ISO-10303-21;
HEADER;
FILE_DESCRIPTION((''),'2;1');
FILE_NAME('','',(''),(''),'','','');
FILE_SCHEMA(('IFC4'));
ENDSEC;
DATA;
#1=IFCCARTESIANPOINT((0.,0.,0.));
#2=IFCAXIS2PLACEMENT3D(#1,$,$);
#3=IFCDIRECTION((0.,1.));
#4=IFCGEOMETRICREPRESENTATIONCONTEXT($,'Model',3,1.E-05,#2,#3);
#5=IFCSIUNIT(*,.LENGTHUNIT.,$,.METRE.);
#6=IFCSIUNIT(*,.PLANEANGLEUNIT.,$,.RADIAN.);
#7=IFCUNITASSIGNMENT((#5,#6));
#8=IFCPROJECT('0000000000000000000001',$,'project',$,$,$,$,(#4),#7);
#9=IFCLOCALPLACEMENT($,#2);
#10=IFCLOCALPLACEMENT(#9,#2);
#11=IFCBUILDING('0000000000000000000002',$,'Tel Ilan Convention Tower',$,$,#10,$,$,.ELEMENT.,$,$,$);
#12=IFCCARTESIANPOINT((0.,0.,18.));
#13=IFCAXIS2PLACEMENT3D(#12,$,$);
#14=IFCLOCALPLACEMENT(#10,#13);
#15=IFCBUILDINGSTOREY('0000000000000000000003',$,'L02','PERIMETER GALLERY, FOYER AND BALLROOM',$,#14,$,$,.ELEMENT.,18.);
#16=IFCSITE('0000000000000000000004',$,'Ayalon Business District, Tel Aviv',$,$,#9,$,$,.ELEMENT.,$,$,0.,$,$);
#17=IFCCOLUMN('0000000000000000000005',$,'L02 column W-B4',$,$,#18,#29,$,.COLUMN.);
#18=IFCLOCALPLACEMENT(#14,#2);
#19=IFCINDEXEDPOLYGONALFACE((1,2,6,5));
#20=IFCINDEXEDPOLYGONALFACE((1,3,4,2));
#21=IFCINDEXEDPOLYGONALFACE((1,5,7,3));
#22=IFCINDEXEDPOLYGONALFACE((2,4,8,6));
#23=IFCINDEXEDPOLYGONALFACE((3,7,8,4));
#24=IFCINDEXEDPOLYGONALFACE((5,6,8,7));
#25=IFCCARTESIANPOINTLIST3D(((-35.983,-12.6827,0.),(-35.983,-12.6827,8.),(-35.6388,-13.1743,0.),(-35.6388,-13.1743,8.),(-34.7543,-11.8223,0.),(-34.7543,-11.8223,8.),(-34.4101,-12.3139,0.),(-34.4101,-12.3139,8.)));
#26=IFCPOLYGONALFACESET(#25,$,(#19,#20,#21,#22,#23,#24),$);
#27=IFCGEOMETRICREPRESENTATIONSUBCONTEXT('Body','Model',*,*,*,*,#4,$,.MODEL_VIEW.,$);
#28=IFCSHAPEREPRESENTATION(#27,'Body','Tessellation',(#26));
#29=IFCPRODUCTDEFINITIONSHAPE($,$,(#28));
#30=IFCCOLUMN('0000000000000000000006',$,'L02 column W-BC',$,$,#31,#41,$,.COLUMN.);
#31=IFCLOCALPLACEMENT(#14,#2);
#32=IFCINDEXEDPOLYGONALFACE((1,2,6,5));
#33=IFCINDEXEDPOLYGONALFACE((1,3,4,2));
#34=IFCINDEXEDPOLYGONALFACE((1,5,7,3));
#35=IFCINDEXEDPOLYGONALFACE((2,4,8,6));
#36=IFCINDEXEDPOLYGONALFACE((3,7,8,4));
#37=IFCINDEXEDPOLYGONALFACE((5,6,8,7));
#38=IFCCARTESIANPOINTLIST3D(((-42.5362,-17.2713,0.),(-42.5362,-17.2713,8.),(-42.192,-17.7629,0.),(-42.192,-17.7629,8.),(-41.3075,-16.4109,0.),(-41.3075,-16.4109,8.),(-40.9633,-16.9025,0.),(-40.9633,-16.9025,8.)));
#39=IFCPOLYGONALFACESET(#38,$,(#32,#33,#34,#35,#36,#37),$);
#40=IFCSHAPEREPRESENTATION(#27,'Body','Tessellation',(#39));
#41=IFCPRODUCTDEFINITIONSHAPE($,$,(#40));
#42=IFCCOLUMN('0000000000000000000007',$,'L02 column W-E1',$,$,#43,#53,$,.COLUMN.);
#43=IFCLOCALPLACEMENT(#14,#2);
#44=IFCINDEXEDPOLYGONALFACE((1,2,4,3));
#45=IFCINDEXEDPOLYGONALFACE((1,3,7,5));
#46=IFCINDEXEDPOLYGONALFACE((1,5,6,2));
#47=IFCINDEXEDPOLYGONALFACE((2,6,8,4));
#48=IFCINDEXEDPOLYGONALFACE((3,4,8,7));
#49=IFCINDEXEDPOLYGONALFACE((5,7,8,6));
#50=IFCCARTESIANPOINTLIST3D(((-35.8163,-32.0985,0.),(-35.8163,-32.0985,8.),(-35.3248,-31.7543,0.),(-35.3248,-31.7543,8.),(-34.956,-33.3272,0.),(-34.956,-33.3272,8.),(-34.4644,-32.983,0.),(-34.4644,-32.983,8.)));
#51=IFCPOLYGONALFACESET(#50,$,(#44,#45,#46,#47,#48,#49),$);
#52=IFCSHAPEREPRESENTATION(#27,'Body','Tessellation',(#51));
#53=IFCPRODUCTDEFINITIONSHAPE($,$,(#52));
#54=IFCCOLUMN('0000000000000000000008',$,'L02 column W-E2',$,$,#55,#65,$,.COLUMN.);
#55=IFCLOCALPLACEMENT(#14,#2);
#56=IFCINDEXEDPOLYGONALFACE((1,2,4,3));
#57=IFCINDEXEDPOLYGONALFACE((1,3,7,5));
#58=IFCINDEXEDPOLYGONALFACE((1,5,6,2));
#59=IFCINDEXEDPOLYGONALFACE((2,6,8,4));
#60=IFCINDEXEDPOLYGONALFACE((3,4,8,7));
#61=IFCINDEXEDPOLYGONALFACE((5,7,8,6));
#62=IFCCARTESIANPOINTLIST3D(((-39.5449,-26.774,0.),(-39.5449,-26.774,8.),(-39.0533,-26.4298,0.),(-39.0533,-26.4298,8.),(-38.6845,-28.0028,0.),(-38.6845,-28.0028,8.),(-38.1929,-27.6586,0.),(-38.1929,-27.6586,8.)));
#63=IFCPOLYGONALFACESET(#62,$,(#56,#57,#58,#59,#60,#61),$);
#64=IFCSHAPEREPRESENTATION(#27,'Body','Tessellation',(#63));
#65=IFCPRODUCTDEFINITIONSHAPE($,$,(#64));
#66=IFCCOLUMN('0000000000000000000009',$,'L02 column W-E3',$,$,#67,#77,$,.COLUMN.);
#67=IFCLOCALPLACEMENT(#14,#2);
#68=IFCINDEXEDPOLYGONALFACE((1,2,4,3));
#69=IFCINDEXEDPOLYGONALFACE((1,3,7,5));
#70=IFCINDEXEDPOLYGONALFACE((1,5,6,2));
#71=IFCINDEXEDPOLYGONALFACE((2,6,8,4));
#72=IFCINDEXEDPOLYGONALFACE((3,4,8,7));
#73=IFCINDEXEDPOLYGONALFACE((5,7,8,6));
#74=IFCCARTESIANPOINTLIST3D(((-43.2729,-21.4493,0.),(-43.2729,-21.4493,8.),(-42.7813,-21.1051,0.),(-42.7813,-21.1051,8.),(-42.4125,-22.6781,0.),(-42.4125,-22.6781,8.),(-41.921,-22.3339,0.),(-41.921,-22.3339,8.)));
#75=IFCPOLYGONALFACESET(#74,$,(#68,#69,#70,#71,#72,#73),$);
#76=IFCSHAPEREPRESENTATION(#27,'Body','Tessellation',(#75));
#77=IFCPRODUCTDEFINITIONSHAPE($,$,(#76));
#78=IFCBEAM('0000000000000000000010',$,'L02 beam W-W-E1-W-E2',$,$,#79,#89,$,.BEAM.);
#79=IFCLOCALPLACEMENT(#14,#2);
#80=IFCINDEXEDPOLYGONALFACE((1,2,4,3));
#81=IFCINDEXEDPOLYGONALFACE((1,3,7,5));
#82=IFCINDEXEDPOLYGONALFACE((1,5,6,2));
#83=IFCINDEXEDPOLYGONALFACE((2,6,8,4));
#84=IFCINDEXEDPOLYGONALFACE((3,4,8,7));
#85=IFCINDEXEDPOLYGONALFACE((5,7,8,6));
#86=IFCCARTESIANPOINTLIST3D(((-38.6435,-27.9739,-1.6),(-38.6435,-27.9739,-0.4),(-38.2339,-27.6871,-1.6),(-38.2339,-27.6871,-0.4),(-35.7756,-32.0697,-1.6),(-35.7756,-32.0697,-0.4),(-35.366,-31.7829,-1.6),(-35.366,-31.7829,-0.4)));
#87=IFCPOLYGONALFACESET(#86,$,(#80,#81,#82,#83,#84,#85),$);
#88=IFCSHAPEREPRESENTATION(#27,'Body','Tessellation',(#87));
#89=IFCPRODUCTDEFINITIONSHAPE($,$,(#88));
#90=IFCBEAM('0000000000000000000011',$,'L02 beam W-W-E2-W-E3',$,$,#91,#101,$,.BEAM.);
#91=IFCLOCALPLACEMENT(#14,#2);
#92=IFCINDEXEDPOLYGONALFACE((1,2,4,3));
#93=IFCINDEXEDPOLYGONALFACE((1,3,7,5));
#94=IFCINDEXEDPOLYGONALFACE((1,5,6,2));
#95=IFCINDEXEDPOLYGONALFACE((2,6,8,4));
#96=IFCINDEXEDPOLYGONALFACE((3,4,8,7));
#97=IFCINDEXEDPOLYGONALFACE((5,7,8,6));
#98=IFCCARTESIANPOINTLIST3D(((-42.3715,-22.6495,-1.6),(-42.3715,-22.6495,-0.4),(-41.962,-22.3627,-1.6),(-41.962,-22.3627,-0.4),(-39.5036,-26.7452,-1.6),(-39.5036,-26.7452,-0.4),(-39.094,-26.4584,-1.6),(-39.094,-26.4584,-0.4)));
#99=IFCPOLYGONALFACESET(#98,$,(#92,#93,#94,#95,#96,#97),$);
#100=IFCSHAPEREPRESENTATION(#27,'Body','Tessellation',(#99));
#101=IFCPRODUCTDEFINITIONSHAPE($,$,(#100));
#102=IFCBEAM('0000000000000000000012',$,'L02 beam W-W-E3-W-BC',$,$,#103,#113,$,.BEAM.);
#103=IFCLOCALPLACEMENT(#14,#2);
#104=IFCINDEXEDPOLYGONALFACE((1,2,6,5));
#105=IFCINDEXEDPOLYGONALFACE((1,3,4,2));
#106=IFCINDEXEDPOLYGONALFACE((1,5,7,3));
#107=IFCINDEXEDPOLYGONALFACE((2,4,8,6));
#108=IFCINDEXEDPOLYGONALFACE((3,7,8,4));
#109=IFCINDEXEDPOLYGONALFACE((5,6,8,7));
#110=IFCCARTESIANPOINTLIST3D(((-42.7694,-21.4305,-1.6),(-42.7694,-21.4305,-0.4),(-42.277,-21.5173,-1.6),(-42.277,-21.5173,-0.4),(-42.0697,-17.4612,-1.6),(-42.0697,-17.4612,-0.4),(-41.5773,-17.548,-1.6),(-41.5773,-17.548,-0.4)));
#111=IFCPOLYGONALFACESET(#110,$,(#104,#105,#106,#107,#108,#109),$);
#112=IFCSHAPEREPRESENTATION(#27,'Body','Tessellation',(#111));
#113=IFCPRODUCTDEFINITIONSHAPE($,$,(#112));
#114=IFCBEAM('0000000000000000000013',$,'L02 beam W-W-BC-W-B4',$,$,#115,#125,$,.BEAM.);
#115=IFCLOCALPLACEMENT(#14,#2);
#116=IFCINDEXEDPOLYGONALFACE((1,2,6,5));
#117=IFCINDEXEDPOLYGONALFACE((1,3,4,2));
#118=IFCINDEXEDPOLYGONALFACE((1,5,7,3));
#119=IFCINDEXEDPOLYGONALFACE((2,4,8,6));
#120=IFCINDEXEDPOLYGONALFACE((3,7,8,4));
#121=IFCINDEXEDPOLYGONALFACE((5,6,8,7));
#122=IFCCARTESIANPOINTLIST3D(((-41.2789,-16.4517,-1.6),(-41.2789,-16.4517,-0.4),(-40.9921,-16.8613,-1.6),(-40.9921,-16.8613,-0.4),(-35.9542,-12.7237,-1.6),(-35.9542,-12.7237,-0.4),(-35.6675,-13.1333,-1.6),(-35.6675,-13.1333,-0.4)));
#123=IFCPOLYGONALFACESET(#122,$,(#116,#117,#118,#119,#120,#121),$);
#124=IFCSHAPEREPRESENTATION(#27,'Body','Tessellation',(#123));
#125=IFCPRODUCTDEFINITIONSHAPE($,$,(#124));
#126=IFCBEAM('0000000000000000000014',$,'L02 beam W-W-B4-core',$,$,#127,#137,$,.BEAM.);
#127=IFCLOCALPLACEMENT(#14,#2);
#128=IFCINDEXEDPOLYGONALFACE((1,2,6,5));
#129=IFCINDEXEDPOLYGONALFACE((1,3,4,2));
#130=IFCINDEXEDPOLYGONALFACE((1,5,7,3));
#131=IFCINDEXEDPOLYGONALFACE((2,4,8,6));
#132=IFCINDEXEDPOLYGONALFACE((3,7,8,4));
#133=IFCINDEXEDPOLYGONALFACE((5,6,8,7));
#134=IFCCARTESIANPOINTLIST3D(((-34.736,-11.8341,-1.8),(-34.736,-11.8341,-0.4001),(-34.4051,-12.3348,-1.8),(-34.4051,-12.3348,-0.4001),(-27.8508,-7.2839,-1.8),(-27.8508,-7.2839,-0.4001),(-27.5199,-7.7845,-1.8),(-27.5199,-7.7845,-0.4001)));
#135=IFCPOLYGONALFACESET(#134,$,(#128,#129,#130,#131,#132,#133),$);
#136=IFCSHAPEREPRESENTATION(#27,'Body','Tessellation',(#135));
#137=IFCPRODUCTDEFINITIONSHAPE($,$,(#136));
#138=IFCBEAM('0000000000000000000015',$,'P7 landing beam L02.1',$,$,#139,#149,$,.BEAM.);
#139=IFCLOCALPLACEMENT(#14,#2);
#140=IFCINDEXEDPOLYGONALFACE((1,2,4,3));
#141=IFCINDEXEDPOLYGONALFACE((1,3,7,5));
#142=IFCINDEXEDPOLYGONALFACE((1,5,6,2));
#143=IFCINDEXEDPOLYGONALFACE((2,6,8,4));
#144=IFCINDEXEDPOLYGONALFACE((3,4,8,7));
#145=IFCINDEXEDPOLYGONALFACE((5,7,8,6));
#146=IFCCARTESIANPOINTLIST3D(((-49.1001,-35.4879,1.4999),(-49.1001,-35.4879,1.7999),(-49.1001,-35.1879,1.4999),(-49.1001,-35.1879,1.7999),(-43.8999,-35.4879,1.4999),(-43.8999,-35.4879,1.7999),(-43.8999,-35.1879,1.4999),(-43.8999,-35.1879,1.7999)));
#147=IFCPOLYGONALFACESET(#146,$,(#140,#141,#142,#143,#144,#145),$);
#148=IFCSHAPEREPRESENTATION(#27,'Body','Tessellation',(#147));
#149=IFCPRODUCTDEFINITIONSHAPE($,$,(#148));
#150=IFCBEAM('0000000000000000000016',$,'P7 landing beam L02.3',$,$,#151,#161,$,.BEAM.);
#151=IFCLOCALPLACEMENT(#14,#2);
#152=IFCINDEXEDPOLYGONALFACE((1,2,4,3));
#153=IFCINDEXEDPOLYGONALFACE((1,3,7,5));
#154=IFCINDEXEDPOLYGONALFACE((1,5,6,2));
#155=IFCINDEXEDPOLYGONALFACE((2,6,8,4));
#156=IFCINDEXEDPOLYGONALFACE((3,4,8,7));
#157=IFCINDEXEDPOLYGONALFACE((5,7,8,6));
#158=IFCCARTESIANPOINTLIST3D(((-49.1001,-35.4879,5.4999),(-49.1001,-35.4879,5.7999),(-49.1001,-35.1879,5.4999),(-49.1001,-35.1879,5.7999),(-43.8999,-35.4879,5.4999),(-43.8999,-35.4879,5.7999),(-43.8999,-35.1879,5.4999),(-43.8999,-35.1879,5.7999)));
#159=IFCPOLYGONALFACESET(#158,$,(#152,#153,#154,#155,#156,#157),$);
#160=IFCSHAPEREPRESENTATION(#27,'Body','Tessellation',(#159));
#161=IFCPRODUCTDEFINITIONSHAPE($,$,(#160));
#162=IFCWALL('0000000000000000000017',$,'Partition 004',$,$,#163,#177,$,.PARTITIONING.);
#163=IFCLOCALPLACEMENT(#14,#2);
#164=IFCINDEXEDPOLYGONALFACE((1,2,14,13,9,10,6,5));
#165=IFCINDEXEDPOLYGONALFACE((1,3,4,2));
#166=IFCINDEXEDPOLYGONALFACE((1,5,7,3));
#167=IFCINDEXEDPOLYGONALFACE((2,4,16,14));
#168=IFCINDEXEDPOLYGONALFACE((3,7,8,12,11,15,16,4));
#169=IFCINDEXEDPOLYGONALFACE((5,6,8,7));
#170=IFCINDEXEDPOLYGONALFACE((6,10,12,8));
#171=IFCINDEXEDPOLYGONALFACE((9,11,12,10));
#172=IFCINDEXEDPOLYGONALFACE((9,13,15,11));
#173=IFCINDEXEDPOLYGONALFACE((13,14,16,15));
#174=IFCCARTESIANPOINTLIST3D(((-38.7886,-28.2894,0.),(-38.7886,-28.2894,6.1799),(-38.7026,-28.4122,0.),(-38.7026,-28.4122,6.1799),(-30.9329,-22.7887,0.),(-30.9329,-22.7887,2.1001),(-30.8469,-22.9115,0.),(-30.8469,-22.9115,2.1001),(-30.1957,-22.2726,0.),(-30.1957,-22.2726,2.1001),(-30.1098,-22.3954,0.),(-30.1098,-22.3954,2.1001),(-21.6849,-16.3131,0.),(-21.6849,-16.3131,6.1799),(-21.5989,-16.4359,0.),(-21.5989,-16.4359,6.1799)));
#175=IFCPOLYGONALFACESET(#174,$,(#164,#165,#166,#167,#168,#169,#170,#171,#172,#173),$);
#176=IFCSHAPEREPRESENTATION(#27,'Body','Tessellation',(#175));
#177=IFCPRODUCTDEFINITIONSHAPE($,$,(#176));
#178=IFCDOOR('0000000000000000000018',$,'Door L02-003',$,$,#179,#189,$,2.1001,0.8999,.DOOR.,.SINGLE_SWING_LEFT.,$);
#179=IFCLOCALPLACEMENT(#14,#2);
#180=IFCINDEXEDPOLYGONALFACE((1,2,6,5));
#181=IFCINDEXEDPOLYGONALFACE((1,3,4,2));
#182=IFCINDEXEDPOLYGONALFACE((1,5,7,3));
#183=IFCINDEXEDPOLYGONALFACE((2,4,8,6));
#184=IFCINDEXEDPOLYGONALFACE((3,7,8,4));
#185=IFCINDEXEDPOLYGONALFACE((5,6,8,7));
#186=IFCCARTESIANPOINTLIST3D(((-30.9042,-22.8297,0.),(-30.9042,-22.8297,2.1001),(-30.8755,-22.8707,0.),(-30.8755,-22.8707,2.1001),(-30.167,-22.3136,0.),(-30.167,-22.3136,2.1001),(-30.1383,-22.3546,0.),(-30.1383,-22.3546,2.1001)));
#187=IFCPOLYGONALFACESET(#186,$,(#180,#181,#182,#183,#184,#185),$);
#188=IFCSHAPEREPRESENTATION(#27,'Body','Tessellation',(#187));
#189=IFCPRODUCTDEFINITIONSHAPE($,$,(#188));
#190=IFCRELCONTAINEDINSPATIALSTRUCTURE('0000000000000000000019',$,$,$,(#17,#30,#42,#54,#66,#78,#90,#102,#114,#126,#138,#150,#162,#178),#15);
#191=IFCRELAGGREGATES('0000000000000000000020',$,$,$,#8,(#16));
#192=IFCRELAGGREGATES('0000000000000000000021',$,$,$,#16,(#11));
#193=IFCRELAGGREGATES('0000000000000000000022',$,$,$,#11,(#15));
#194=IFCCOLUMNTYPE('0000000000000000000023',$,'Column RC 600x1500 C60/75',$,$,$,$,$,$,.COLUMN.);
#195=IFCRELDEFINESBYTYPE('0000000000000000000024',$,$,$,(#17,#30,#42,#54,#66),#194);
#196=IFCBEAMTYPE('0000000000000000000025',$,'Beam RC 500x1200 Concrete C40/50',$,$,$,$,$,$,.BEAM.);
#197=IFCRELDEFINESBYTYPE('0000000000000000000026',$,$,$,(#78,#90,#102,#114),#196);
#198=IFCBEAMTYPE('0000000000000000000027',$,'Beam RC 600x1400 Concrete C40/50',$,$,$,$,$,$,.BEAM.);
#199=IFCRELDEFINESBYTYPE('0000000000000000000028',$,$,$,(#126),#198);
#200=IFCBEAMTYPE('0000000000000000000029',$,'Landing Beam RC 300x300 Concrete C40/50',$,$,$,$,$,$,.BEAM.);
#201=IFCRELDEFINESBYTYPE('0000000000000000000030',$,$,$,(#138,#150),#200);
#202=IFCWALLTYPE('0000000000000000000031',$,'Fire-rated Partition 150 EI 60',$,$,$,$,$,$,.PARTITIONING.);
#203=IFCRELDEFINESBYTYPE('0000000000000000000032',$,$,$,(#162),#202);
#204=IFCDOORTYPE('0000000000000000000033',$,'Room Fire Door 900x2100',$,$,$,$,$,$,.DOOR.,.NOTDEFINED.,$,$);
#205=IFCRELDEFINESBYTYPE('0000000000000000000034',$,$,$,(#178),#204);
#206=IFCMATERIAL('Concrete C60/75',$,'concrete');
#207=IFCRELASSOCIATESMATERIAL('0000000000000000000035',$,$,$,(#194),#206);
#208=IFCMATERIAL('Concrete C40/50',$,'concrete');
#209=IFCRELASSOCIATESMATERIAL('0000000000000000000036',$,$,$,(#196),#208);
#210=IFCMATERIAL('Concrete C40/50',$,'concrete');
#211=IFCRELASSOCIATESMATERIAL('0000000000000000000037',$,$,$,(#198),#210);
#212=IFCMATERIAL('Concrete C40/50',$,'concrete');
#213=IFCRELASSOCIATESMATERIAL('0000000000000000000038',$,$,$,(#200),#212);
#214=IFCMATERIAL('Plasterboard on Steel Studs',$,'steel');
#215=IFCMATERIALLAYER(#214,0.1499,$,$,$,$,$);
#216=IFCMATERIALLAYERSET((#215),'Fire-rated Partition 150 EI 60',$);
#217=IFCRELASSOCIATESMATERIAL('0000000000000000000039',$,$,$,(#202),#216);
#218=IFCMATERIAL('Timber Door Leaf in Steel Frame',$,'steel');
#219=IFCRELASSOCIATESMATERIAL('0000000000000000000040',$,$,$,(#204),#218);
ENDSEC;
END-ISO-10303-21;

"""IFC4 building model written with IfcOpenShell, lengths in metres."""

from ifc_helpers import new_model, si_unit, direction, frame, frame_2d, origin, origin_2d, place, context, subcontext, project, spatial, rectangle, extrude, material, layer, layer_set, material_profile, profile_set, type_object, element, fill, save


model = new_model("IFC4")

# Units and contexts
model_context = context("Model", 3, precision=1e-05, world=origin(), true_north=direction((0.0, 1.0)))
body_context = subcontext(model_context, "Body", "Model", "MODEL_VIEW")
ifc_project = project(units=[si_unit("LENGTHUNIT", "METRE"), si_unit("PLANEANGLEUNIT", "RADIAN")], contexts=[model_context])

# Site, building, storey
site_placement = place(None, origin())
site = spatial("IfcSite", under=ifc_project, at=site_placement, Name="Ayalon Business District, Tel Aviv", CompositionType="ELEMENT", RefElevation=0.0)
building_placement = place(site_placement, origin())
building = spatial("IfcBuilding", under=site, at=building_placement, Name="Tel Ilan Convention Tower", CompositionType="ELEMENT")
storey_placement = place(building_placement, frame((0.0, 0.0, 18.0)))
storey = spatial("IfcBuildingStorey", under=building, at=storey_placement, Name="L02", Description="PERIMETER GALLERY, FOYER AND BALLROOM", CompositionType="ELEMENT", Elevation=18.0)

# Columns
ifc_material_1 = material(Name="Concrete C60/75", Category="concrete")
ifc_material_profile_1 = material_profile(ifc_material_1, rectangle(XDim=1.5, YDim=0.6001, at=origin_2d()), Name="RC 600x1500")
ifc_profile_set_1 = profile_set([ifc_material_profile_1], Name="Concrete C60/75")
column_type = type_object("IfcColumnType", Name="Column RC 600x1500 C60/75", PredefinedType="COLUMN", material=ifc_profile_set_1)
for number, where, z_axis, x_axis, name in (
    (1, (-35.1965, -12.4983, 0.0), (0.0, 0.0, 1.0), (-0.819152, -0.573576, 0.0), "L02 column W-B4"),
    (2, (-41.7498, -17.0869, 0.0), (0.0, 0.0, 1.0), (-0.819152, -0.573576, 0.0), "L02 column W-BC"),
    (3, (-35.1404, -32.5408, 0.0), (0.0, 0.0, 1.0), (-0.573576, 0.819152, 0.0), "L02 column W-E1"),
    (4, (-38.8689, -27.2163, 0.0), (0.0, 0.0, 1.0), (-0.573576, 0.819152, 0.0), "L02 column W-E2"),
    (5, (-42.5969, -21.8916, 0.0), (0.0, 0.0, 1.0), (-0.573576, 0.819152, 0.0), "L02 column W-E3"),
):
    element("IfcColumn", number, at=place(storey_placement, frame(where, z_axis=z_axis, x_axis=x_axis)), inside=storey, type_object=column_type, Name=name, PredefinedType="COLUMN", context=body_context, shape_type="SweptSolid", body=[
        extrude(rectangle(XDim=1.5, YDim=0.6001, at=origin_2d()), origin(), (0.0, 0.0, 1.0), 8.0),
    ])

# Beams
ifc_material_2 = material(Name="Concrete C40/50", Category="concrete")
ifc_material_profile_2 = material_profile(ifc_material_2, rectangle(XDim=0.5, YDim=1.2, at=origin_2d()), Name="RC 500x1200")
ifc_profile_set_2 = profile_set([ifc_material_profile_2], Name="Concrete C40/50")
beam_type_1 = type_object("IfcBeamType", Name="Beam RC 500x1200 Concrete C40/50", PredefinedType="BEAM", material=ifc_profile_set_2)
for number, where, z_axis, x_axis, name in (
    (6, (-35.5708, -31.9263, -1.0), (-0.573587, 0.819145, 0.0), (-0.819145, -0.573587, 0.0), "L02 beam W-W-E1-W-E2"),
    (7, (-39.2988, -26.6018, -1.0), (-0.573587, 0.819145, 0.0), (-0.819145, -0.573587, 0.0), "L02 beam W-W-E2-W-E3"),
):
    element("IfcBeam", number, at=place(storey_placement, frame(where, z_axis=z_axis, x_axis=x_axis)), inside=storey, type_object=beam_type_1, Name=name, PredefinedType="BEAM", context=body_context, shape_type="SweptSolid", body=[
        extrude(rectangle(XDim=0.5, YDim=1.2, at=origin_2d()), origin(), (0.0, 0.0, 1.0), 5.0),
    ])
beam_1_placement = place(storey_placement, frame((-42.5232, -21.4739, -1.0), z_axis=(0.173606, 0.984815, 0.0), x_axis=(-0.984815, 0.173606, 0.0)))
element("IfcBeam", 8, at=beam_1_placement, inside=storey, type_object=beam_type_1, Name="L02 beam W-W-E3-W-BC", PredefinedType="BEAM", context=body_context, shape_type="SweptSolid", body=[
    extrude(rectangle(XDim=0.5, YDim=1.2, at=origin_2d()), origin(), (0.0, 0.0, 1.0), 4.0305),
])
beam_2_placement = place(storey_placement, frame((-41.1355, -16.6565, -1.0), z_axis=(0.819179, 0.573538, 0.0), x_axis=(-0.573538, 0.819179, 0.0)))
element("IfcBeam", 9, at=beam_2_placement, inside=storey, type_object=beam_type_1, Name="L02 beam W-W-BC-W-B4", PredefinedType="BEAM", context=body_context, shape_type="SweptSolid", body=[
    extrude(rectangle(XDim=0.5, YDim=1.2, at=origin_2d()), origin(), (0.0, 0.0, 1.0), 6.5),
])
ifc_material_3 = material(Name="Concrete C40/50", Category="concrete")
ifc_material_profile_3 = material_profile(ifc_material_3, rectangle(XDim=0.6001, YDim=1.3999, at=origin_2d()), Name="RC 600x1400")
ifc_profile_set_3 = profile_set([ifc_material_profile_3], Name="Concrete C40/50")
beam_type_2 = type_object("IfcBeamType", Name="Beam RC 600x1400 Concrete C40/50", PredefinedType="BEAM", material=ifc_profile_set_3)
beam_3_placement = place(storey_placement, frame((-34.5706, -12.0845, -1.1001), z_axis=(0.834274, 0.551351, 0.0), x_axis=(-0.551351, 0.834274, 0.0)))
element("IfcBeam", 10, at=beam_3_placement, inside=storey, type_object=beam_type_2, Name="L02 beam W-W-B4-core", PredefinedType="BEAM", context=body_context, shape_type="SweptSolid", body=[
    extrude(rectangle(XDim=0.6001, YDim=1.3999, at=origin_2d()), origin(), (0.0, 0.0, 1.0), 8.2529),
])
ifc_material_4 = material(Name="Concrete C40/50", Category="concrete")
ifc_material_profile_4 = material_profile(ifc_material_4, rectangle(XDim=0.3, YDim=0.3, at=origin_2d()), Name="RC 300x300")
ifc_profile_set_4 = profile_set([ifc_material_profile_4], Name="Concrete C40/50")
beam_type_3 = type_object("IfcBeamType", Name="Landing Beam RC 300x300 Concrete C40/50", PredefinedType="BEAM", material=ifc_profile_set_4)
for number, where, z_axis, x_axis, name in (
    (11, (-43.8999, -35.3379, 1.6499), (-1.0, 0.0, 0.0), (0.0, -1.0, 0.0), "P7 landing beam L02.1"),
    (12, (-43.8999, -35.3379, 5.6499), (-1.0, 0.0, 0.0), (0.0, -1.0, 0.0), "P7 landing beam L02.3"),
):
    element("IfcBeam", number, at=place(storey_placement, frame(where, z_axis=z_axis, x_axis=x_axis)), inside=storey, type_object=beam_type_3, Name=name, PredefinedType="BEAM", context=body_context, shape_type="SweptSolid", body=[
        extrude(rectangle(XDim=0.3, YDim=0.3, at=origin_2d()), origin(), (0.0, 0.0, 1.0), 5.2002),
    ])

# Wall, opening, door
ifc_material_5 = material(Name="Plasterboard on Steel Studs", Category="steel")
ifc_layer_1 = layer(ifc_material_5, 0.1499)
ifc_layer_set_1 = layer_set([ifc_layer_1], Name="Fire-rated Partition 150 EI 60")
wall_type_1 = type_object("IfcWallType", Name="Fire-rated Partition 150 EI 60", PredefinedType="PARTITIONING", material=ifc_layer_set_1)
wall_1_placement = place(storey_placement, frame((-38.7456, -28.3508, 0.0), z_axis=(0.0, 0.0, 1.0), x_axis=(0.819149, 0.573581, 0.0)))
wall_1 = element("IfcWall", 13, at=wall_1_placement, inside=storey, type_object=wall_type_1, Name="Partition 004", PredefinedType="PARTITIONING", context=body_context, shape_type="SweptSolid", body=[
    extrude(rectangle(XDim=20.8799, YDim=0.1499, at=frame_2d((10.4399, 0.0))), origin(), (0.0, 0.0, 1.0), 6.1799),
])
opening_placement = place(wall_1_placement, frame((9.5901, 0.0, 0.0)))
opening = element("IfcOpeningElement", 14, at=opening_placement, cuts=wall_1, PredefinedType="OPENING", context=body_context, shape_type="SweptSolid", body=[
    extrude(rectangle(XDim=0.8999, YDim=2.1001, at=frame_2d((0.45, 1.05))), frame((0.0, 0.085, 0.0), z_axis=(0.0, -1.0, 0.0), x_axis=(1.0, 0.0, 0.0)), (0.0, 0.0, 1.0), 0.1699),
])
ifc_material_6 = material(Name="Timber Door Leaf in Steel Frame", Category="steel")
door_type = type_object("IfcDoorType", Name="Room Fire Door 900x2100", OperationType="NOTDEFINED", PredefinedType="DOOR", material=ifc_material_6)
door_placement = place(opening_placement, origin())
door = element("IfcDoor", 15, at=door_placement, inside=storey, type_object=door_type, Name="Door L02-003", OperationType="SINGLE_SWING_LEFT", OverallHeight=2.1001, OverallWidth=0.8999, PredefinedType="DOOR", context=body_context, shape_type="SweptSolid", body=[
    extrude(rectangle(XDim=0.8999, YDim=2.1001, at=frame_2d((0.45, 1.05))), frame((0.0, 0.0249, 0.0), z_axis=(0.0, -1.0, 0.0), x_axis=(1.0, 0.0, 0.0)), (0.0, 0.0, 1.0), 0.05),
])
fill(opening, door)

save(model, "model.ifc")
